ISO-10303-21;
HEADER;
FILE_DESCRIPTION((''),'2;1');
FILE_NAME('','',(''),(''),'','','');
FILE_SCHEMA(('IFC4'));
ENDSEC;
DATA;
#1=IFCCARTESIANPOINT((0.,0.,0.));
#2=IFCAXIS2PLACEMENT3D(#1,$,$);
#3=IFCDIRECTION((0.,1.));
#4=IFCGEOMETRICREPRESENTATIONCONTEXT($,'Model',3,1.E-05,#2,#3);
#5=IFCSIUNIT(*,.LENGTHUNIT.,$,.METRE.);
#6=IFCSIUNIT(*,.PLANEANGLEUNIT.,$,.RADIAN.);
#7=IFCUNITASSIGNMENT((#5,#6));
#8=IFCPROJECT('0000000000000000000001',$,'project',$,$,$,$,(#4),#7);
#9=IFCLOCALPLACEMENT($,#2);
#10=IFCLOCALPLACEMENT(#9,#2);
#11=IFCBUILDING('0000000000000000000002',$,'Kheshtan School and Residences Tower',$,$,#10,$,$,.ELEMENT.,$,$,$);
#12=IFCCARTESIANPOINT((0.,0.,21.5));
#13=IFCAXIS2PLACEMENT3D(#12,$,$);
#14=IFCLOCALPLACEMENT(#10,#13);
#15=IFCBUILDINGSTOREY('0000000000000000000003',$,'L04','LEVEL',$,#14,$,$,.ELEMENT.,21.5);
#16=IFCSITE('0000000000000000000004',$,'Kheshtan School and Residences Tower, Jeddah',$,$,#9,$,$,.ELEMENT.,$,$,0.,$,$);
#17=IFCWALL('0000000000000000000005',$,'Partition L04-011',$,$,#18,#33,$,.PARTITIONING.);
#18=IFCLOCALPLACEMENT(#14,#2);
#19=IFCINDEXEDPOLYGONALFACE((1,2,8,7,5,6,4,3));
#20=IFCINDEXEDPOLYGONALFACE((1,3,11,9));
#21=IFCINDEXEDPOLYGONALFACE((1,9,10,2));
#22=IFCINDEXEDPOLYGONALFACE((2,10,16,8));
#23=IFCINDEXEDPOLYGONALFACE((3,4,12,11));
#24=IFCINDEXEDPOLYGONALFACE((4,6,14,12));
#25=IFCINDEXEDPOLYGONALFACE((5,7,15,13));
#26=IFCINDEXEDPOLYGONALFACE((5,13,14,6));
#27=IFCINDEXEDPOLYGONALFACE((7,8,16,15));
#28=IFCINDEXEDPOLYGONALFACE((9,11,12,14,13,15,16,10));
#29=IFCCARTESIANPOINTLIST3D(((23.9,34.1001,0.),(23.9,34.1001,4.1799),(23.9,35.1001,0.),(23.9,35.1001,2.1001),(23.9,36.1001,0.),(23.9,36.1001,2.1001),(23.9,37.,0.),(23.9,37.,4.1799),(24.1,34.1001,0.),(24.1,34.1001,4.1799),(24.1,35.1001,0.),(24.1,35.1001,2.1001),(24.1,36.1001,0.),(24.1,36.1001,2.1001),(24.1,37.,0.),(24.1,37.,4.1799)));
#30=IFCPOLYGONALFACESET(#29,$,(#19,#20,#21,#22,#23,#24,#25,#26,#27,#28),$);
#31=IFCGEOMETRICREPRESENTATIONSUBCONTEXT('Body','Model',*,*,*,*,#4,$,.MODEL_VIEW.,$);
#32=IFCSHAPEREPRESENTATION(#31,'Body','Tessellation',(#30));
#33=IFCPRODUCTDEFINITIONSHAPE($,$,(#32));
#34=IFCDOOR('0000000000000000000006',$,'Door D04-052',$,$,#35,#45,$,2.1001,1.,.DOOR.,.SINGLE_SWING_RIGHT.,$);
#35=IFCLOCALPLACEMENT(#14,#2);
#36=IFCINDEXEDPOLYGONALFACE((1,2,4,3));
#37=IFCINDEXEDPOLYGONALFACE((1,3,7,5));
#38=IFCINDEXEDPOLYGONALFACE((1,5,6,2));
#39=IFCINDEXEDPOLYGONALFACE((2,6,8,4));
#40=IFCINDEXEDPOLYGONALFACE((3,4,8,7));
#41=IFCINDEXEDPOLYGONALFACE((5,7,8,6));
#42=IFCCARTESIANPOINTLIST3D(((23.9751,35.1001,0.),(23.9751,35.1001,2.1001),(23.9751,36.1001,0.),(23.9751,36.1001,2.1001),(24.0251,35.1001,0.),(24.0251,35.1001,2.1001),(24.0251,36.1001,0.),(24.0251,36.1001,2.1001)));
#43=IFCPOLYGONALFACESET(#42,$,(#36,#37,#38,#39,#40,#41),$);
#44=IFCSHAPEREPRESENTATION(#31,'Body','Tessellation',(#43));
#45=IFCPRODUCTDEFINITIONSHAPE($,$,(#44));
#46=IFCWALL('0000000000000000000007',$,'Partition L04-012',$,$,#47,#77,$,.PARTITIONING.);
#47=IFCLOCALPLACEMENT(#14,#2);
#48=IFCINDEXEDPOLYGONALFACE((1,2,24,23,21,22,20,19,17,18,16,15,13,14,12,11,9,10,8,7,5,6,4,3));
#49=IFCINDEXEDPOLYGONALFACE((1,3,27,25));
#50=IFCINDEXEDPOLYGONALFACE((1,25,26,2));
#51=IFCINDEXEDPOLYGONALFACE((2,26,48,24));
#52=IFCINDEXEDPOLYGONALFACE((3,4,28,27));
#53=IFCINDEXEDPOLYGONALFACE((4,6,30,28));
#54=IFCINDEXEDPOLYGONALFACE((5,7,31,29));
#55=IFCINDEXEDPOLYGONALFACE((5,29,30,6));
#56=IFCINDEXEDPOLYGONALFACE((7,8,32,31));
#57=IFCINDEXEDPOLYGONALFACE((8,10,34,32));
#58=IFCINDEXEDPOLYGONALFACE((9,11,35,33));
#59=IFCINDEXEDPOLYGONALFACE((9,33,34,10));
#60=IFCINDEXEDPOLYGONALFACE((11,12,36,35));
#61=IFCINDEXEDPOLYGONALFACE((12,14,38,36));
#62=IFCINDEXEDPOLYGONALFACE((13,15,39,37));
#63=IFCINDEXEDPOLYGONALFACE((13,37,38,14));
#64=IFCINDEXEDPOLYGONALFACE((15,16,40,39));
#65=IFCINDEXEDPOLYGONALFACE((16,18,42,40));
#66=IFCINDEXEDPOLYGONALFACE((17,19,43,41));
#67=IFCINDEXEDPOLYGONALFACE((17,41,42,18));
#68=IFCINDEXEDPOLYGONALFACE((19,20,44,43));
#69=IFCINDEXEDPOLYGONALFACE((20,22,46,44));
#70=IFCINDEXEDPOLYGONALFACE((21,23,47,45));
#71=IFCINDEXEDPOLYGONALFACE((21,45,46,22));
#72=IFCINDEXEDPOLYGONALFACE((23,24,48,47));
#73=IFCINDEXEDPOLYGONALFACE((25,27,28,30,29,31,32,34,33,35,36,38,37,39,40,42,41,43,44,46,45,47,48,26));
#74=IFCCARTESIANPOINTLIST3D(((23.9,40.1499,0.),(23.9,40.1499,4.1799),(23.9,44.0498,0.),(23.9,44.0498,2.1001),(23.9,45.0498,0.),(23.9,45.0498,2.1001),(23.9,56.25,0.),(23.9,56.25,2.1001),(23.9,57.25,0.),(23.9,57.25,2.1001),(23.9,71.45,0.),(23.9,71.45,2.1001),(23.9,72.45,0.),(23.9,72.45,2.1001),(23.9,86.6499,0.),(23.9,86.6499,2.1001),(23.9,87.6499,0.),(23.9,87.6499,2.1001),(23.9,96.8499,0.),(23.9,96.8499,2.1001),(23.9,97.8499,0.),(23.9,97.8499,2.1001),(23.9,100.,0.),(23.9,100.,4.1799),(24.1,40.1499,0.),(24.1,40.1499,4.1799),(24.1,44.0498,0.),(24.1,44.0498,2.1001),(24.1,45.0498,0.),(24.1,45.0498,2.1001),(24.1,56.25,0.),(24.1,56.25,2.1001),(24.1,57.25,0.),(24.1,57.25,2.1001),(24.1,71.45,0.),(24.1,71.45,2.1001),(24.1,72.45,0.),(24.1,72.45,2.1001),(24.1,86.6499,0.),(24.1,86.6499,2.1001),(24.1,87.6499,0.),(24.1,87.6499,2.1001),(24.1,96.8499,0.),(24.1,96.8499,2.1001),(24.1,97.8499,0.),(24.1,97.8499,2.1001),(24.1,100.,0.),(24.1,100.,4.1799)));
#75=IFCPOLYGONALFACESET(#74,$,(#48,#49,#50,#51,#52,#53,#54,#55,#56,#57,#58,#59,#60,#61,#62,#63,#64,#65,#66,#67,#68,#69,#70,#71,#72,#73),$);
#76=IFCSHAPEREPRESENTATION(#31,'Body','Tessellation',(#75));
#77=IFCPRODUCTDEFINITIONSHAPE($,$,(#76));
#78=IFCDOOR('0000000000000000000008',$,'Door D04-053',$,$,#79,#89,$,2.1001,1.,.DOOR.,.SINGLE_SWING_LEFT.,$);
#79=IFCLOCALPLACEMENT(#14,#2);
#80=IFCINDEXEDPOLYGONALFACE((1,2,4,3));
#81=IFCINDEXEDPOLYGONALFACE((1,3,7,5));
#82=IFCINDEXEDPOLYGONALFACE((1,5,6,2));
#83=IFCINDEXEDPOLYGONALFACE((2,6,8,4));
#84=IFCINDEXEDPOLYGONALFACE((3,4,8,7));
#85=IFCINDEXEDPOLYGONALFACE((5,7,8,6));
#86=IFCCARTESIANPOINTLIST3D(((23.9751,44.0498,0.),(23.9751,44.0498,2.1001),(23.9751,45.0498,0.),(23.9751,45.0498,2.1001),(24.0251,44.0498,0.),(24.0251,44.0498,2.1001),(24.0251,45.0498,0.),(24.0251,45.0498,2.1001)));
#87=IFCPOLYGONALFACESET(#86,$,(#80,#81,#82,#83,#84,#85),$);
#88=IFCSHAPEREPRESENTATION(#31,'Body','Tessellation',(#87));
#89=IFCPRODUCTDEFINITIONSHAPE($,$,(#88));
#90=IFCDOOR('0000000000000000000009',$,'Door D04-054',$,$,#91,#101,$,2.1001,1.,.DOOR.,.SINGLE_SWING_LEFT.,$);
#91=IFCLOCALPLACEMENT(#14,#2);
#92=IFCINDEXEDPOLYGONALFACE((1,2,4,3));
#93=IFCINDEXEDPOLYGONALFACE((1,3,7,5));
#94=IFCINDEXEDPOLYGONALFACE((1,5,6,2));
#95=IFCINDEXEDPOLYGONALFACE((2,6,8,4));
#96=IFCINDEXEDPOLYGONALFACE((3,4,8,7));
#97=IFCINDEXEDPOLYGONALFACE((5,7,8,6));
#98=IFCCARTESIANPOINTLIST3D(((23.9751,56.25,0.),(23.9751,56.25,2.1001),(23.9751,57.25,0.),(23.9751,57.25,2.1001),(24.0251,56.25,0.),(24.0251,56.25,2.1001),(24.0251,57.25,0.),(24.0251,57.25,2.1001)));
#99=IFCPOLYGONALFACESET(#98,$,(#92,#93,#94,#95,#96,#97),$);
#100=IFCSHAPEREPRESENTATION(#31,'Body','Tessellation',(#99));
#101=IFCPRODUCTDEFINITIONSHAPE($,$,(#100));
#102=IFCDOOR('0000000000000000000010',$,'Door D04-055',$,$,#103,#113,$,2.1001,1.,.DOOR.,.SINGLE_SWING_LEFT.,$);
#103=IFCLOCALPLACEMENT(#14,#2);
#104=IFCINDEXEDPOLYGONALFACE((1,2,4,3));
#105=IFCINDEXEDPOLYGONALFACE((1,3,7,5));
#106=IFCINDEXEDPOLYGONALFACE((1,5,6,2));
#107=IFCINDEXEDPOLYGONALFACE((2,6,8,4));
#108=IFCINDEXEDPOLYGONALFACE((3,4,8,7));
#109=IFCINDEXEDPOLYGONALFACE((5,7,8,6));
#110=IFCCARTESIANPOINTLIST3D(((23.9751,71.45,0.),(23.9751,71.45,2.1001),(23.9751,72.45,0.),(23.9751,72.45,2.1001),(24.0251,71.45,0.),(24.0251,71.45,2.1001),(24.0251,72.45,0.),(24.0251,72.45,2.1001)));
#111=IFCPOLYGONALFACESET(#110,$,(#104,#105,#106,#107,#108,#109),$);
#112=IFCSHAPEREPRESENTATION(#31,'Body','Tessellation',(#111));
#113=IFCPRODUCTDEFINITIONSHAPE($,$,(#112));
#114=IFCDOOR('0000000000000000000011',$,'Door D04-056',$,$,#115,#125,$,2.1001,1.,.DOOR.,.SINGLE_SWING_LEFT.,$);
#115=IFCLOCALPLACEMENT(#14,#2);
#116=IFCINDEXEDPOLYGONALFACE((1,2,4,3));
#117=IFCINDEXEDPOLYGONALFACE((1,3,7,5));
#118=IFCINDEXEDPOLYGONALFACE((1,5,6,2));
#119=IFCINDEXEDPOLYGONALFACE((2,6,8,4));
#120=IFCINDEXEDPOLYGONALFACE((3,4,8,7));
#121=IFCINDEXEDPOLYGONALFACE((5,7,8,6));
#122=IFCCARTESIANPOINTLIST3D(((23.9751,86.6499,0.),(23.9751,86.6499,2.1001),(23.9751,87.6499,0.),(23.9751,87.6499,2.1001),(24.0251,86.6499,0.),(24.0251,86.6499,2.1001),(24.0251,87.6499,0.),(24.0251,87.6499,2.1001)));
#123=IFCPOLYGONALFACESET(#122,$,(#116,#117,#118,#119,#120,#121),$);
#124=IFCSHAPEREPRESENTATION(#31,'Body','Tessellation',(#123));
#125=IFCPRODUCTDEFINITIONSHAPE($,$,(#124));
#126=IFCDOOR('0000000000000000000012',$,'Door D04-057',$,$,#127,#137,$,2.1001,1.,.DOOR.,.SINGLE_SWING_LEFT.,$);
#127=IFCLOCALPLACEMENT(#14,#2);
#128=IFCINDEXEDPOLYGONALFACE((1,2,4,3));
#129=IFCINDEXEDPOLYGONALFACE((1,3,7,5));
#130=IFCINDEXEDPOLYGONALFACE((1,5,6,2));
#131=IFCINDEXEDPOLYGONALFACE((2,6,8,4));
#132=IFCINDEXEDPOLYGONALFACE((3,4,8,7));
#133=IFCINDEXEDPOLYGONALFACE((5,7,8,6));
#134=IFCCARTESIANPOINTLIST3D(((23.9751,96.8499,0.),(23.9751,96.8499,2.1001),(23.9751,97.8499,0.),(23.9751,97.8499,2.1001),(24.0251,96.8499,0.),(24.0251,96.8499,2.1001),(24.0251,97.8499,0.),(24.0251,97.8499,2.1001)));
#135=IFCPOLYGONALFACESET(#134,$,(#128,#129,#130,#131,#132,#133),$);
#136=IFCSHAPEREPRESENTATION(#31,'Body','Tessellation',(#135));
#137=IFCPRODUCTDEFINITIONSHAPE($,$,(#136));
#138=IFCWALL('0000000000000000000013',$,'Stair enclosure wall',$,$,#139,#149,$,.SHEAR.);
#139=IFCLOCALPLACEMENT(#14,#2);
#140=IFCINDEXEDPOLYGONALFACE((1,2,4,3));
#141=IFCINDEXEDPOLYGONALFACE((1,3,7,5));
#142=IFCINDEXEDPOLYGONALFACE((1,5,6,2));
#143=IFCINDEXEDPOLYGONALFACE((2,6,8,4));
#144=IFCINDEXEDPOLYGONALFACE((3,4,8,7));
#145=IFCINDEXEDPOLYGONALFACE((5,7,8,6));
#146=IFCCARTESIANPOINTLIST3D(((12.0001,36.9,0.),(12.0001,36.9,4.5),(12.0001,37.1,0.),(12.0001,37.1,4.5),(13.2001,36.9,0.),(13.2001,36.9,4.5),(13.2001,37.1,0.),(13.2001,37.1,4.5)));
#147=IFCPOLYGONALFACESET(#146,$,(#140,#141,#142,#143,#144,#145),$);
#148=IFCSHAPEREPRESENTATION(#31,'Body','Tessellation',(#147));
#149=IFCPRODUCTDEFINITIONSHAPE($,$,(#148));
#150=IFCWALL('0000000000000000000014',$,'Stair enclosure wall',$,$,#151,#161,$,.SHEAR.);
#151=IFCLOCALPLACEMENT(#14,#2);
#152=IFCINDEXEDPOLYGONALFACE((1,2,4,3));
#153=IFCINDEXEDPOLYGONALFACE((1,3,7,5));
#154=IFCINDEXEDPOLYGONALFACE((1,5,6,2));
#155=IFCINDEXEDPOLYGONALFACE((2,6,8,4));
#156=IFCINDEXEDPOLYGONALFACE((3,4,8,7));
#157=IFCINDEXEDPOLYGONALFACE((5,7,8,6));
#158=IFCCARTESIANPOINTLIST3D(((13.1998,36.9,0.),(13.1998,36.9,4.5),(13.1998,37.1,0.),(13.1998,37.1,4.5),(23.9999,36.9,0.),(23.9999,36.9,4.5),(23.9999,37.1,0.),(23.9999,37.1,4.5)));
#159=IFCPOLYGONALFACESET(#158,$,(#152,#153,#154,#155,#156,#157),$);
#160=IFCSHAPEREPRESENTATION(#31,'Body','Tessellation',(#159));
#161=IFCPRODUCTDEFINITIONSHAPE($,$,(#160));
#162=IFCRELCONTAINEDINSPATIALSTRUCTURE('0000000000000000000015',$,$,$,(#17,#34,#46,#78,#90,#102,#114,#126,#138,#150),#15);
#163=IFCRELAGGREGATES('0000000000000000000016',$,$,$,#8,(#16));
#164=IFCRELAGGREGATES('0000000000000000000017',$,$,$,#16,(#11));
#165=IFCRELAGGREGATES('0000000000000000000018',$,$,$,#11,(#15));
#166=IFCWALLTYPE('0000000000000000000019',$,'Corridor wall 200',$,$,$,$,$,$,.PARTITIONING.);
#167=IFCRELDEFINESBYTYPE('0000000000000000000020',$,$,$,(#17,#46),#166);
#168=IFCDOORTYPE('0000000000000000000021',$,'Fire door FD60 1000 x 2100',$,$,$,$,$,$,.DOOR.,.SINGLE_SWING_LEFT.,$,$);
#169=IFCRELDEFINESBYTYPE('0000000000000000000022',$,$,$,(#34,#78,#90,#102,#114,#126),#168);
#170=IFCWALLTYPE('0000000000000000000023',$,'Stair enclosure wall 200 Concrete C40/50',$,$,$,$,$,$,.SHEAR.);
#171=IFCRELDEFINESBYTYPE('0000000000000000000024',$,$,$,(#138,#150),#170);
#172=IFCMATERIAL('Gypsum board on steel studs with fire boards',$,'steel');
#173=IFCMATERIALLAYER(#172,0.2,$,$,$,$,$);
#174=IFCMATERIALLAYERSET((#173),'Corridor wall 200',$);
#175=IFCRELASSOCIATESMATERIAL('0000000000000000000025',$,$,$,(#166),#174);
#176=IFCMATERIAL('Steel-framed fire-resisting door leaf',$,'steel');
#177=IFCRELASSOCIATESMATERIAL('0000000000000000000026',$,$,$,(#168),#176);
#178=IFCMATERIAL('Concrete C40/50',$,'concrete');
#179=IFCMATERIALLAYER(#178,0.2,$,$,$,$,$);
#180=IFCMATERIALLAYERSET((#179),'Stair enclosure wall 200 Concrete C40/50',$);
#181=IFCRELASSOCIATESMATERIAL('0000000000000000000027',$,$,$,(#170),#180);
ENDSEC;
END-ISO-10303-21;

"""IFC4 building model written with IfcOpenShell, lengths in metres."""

from ifc_helpers import new_model, si_unit, direction, frame, frame_2d, origin, place, context, subcontext, project, spatial, rectangle, extrude, source, transform, mapped, material, layer, layer_set, type_object, element, fill, save


model = new_model("IFC4")

# Units and contexts
model_context = context("Model", 3, precision=1e-05, world=origin(), true_north=direction((0.0, 1.0)))
body_context = subcontext(model_context, "Body", "Model", "MODEL_VIEW")
ifc_project = project(units=[si_unit("LENGTHUNIT", "METRE"), si_unit("PLANEANGLEUNIT", "RADIAN")], contexts=[model_context])

# Site, building, storey
site_placement = place(None, origin())
site = spatial("IfcSite", under=ifc_project, at=site_placement, Name="Kheshtan School and Residences Tower, Jeddah", CompositionType="ELEMENT", RefElevation=0.0)
building_placement = place(site_placement, origin())
building = spatial("IfcBuilding", under=site, at=building_placement, Name="Kheshtan School and Residences Tower", CompositionType="ELEMENT")
storey_placement = place(building_placement, frame((0.0, 0.0, 21.5)))
storey = spatial("IfcBuildingStorey", under=building, at=storey_placement, Name="L04", Description="LEVEL", CompositionType="ELEMENT", Elevation=21.5)

# Wall, opening, door
ifc_material_1 = material(Name="Gypsum board on steel studs with fire boards", Category="steel")
ifc_layer_1 = layer(ifc_material_1, 0.2)
ifc_layer_set_1 = layer_set([ifc_layer_1], Name="Corridor wall 200")
wall_type_1 = type_object("IfcWallType", Name="Corridor wall 200", PredefinedType="PARTITIONING", material=ifc_layer_set_1)
wall_1_placement = place(storey_placement, frame((24.0, 34.1001, 0.0), z_axis=(0.0, 0.0, 1.0), x_axis=(0.0, 1.0, 0.0)))
wall_1 = element("IfcWall", 1, at=wall_1_placement, inside=storey, type_object=wall_type_1, Name="Partition L04-011", PredefinedType="PARTITIONING", context=body_context, shape_type="SweptSolid", body=[
    extrude(rectangle(XDim=2.8999, YDim=0.2, at=frame_2d((1.45, 0.0))), origin(), (0.0, 0.0, 1.0), 4.1799),
])
opening_1_placement = place(wall_1_placement, frame((1.0, 0.0, 0.0)))
opening_1 = element("IfcOpeningElement", 2, at=opening_1_placement, cuts=wall_1, PredefinedType="OPENING", context=body_context, shape_type="SweptSolid", body=[
    extrude(rectangle(XDim=1.0, YDim=2.1001, at=frame_2d((0.5, 1.05))), frame((0.0, 0.1099, 0.0), z_axis=(0.0, -1.0, 0.0), x_axis=(1.0, 0.0, 0.0)), (0.0, 0.0, 1.0), 0.22),
])
ifc_material_2 = material(Name="Steel-framed fire-resisting door leaf", Category="steel")
door_type_1 = type_object("IfcDoorType", Name="Fire door FD60 1000 x 2100", OperationType="SINGLE_SWING_LEFT", PredefinedType="DOOR", material=ifc_material_2)
shared_shape_1 = source(origin(), body_context, "Body", "SweptSolid", [
    extrude(rectangle(XDim=1.0, YDim=2.1001, at=frame_2d((0.5, 1.05))), frame((0.0, 0.0249, 0.0), z_axis=(0.0, -1.0, 0.0), x_axis=(1.0, 0.0, 0.0)), (0.0, 0.0, 1.0), 0.05),
])
door_1_placement = place(opening_1_placement, origin())
door_1 = element("IfcDoor", 3, at=door_1_placement, inside=storey, type_object=door_type_1, Name="Door D04-052", OperationType="SINGLE_SWING_RIGHT", OverallHeight=2.1001, OverallWidth=1.0, PredefinedType="DOOR", context=body_context, shape_type="MappedRepresentation", body=[
    mapped(shared_shape_1, transform((0.0, 0.0, 0.0), x_axis=(1.0, 0.0, 0.0), y_axis=(0.0, 1.0, 0.0), z_axis=(0.0, 0.0, 1.0), scale=1.0)),
])
fill(opening_1, door_1)

# Wall, openings, doors
wall_2_placement = place(storey_placement, frame((24.0, 40.1499, 0.0), z_axis=(0.0, 0.0, 1.0), x_axis=(0.0, 1.0, 0.0)))
wall_2 = element("IfcWall", 4, at=wall_2_placement, inside=storey, type_object=wall_type_1, Name="Partition L04-012", PredefinedType="PARTITIONING", context=body_context, shape_type="SweptSolid", body=[
    extrude(rectangle(XDim=59.8501, YDim=0.2, at=frame_2d((29.925, 0.0))), origin(), (0.0, 0.0, 1.0), 4.1799),
])
opening_2_placement = place(wall_2_placement, frame((3.8999, 0.0, 0.0)))
opening_2 = element("IfcOpeningElement", 5, at=opening_2_placement, cuts=wall_2, PredefinedType="OPENING", context=body_context, shape_type="SweptSolid", body=[
    extrude(rectangle(XDim=1.0, YDim=2.1001, at=frame_2d((0.5, 1.05))), frame((0.0, 0.1099, 0.0), z_axis=(0.0, -1.0, 0.0), x_axis=(1.0, 0.0, 0.0)), (0.0, 0.0, 1.0), 0.22),
])
opening_3_placement = place(wall_2_placement, frame((16.1001, 0.0, 0.0)))
opening_3 = element("IfcOpeningElement", 6, at=opening_3_placement, cuts=wall_2, PredefinedType="OPENING", context=body_context, shape_type="SweptSolid", body=[
    extrude(rectangle(XDim=1.0, YDim=2.1001, at=frame_2d((0.5, 1.05))), frame((0.0, 0.1099, 0.0), z_axis=(0.0, -1.0, 0.0), x_axis=(1.0, 0.0, 0.0)), (0.0, 0.0, 1.0), 0.22),
])
opening_4_placement = place(wall_2_placement, frame((31.3, 0.0, 0.0)))
opening_4 = element("IfcOpeningElement", 7, at=opening_4_placement, cuts=wall_2, PredefinedType="OPENING", context=body_context, shape_type="SweptSolid", body=[
    extrude(rectangle(XDim=1.0, YDim=2.1001, at=frame_2d((0.5, 1.05))), frame((0.0, 0.1099, 0.0), z_axis=(0.0, -1.0, 0.0), x_axis=(1.0, 0.0, 0.0)), (0.0, 0.0, 1.0), 0.22),
])
opening_5_placement = place(wall_2_placement, frame((46.5, 0.0, 0.0)))
opening_5 = element("IfcOpeningElement", 8, at=opening_5_placement, cuts=wall_2, PredefinedType="OPENING", context=body_context, shape_type="SweptSolid", body=[
    extrude(rectangle(XDim=1.0, YDim=2.1001, at=frame_2d((0.5, 1.05))), frame((0.0, 0.1099, 0.0), z_axis=(0.0, -1.0, 0.0), x_axis=(1.0, 0.0, 0.0)), (0.0, 0.0, 1.0), 0.22),
])
opening_6_placement = place(wall_2_placement, frame((56.7, 0.0, 0.0)))
opening_6 = element("IfcOpeningElement", 9, at=opening_6_placement, cuts=wall_2, PredefinedType="OPENING", context=body_context, shape_type="SweptSolid", body=[
    extrude(rectangle(XDim=1.0, YDim=2.1001, at=frame_2d((0.5, 1.05))), frame((0.0, 0.1099, 0.0), z_axis=(0.0, -1.0, 0.0), x_axis=(1.0, 0.0, 0.0)), (0.0, 0.0, 1.0), 0.22),
])
door_2_placement = place(opening_2_placement, origin())
door_2 = element("IfcDoor", 10, at=door_2_placement, inside=storey, type_object=door_type_1, Name="Door D04-053", OperationType="SINGLE_SWING_LEFT", OverallHeight=2.1001, OverallWidth=1.0, PredefinedType="DOOR", context=body_context, shape_type="MappedRepresentation", body=[
    mapped(shared_shape_1, transform((0.0, 0.0, 0.0), x_axis=(1.0, 0.0, 0.0), y_axis=(0.0, 1.0, 0.0), z_axis=(0.0, 0.0, 1.0), scale=1.0)),
])
fill(opening_2, door_2)
door_3_placement = place(opening_3_placement, origin())
door_3 = element("IfcDoor", 11, at=door_3_placement, inside=storey, type_object=door_type_1, Name="Door D04-054", OperationType="SINGLE_SWING_LEFT", OverallHeight=2.1001, OverallWidth=1.0, PredefinedType="DOOR", context=body_context, shape_type="MappedRepresentation", body=[
    mapped(shared_shape_1, transform((0.0, 0.0, 0.0), x_axis=(1.0, 0.0, 0.0), y_axis=(0.0, 1.0, 0.0), z_axis=(0.0, 0.0, 1.0), scale=1.0)),
])
fill(opening_3, door_3)
door_4_placement = place(opening_4_placement, origin())
door_4 = element("IfcDoor", 12, at=door_4_placement, inside=storey, type_object=door_type_1, Name="Door D04-055", OperationType="SINGLE_SWING_LEFT", OverallHeight=2.1001, OverallWidth=1.0, PredefinedType="DOOR", context=body_context, shape_type="MappedRepresentation", body=[
    mapped(shared_shape_1, transform((0.0, 0.0, 0.0), x_axis=(1.0, 0.0, 0.0), y_axis=(0.0, 1.0, 0.0), z_axis=(0.0, 0.0, 1.0), scale=1.0)),
])
fill(opening_4, door_4)
door_5_placement = place(opening_5_placement, origin())
door_5 = element("IfcDoor", 13, at=door_5_placement, inside=storey, type_object=door_type_1, Name="Door D04-056", OperationType="SINGLE_SWING_LEFT", OverallHeight=2.1001, OverallWidth=1.0, PredefinedType="DOOR", context=body_context, shape_type="MappedRepresentation", body=[
    mapped(shared_shape_1, transform((0.0, 0.0, 0.0), x_axis=(1.0, 0.0, 0.0), y_axis=(0.0, 1.0, 0.0), z_axis=(0.0, 0.0, 1.0), scale=1.0)),
])
fill(opening_5, door_5)
door_6_placement = place(opening_6_placement, origin())
door_6 = element("IfcDoor", 14, at=door_6_placement, inside=storey, type_object=door_type_1, Name="Door D04-057", OperationType="SINGLE_SWING_LEFT", OverallHeight=2.1001, OverallWidth=1.0, PredefinedType="DOOR", context=body_context, shape_type="MappedRepresentation", body=[
    mapped(shared_shape_1, transform((0.0, 0.0, 0.0), x_axis=(1.0, 0.0, 0.0), y_axis=(0.0, 1.0, 0.0), z_axis=(0.0, 0.0, 1.0), scale=1.0)),
])
fill(opening_6, door_6)

# Walls
ifc_material_3 = material(Name="Concrete C40/50", Category="concrete")
ifc_layer_2 = layer(ifc_material_3, 0.2)
ifc_layer_set_2 = layer_set([ifc_layer_2], Name="Stair enclosure wall 200 Concrete C40/50")
wall_type_2 = type_object("IfcWallType", Name="Stair enclosure wall 200 Concrete C40/50", PredefinedType="SHEAR", material=ifc_layer_set_2)
wall_3_placement = place(storey_placement, frame((12.0, 37.0, 0.0), z_axis=(0.0, 0.0, 1.0), x_axis=(1.0, 0.0, 0.0)))
element("IfcWall", 15, at=wall_3_placement, inside=storey, type_object=wall_type_2, Name="Stair enclosure wall", PredefinedType="SHEAR", context=body_context, shape_type="SweptSolid", body=[
    extrude(rectangle(XDim=1.2, YDim=0.2, at=frame_2d((0.6001, 0.0))), origin(), (0.0, 0.0, 1.0), 4.5),
])
wall_4_placement = place(storey_placement, frame((13.2, 37.0, 0.0), z_axis=(0.0, 0.0, 1.0), x_axis=(1.0, 0.0, 0.0)))
element("IfcWall", 16, at=wall_4_placement, inside=storey, type_object=wall_type_2, Name="Stair enclosure wall", PredefinedType="SHEAR", context=body_context, shape_type="SweptSolid", body=[
    extrude(rectangle(XDim=10.8, YDim=0.2, at=frame_2d((5.3999, 0.0))), origin(), (0.0, 0.0, 1.0), 4.5),
])

save(model, "model.ifc")
